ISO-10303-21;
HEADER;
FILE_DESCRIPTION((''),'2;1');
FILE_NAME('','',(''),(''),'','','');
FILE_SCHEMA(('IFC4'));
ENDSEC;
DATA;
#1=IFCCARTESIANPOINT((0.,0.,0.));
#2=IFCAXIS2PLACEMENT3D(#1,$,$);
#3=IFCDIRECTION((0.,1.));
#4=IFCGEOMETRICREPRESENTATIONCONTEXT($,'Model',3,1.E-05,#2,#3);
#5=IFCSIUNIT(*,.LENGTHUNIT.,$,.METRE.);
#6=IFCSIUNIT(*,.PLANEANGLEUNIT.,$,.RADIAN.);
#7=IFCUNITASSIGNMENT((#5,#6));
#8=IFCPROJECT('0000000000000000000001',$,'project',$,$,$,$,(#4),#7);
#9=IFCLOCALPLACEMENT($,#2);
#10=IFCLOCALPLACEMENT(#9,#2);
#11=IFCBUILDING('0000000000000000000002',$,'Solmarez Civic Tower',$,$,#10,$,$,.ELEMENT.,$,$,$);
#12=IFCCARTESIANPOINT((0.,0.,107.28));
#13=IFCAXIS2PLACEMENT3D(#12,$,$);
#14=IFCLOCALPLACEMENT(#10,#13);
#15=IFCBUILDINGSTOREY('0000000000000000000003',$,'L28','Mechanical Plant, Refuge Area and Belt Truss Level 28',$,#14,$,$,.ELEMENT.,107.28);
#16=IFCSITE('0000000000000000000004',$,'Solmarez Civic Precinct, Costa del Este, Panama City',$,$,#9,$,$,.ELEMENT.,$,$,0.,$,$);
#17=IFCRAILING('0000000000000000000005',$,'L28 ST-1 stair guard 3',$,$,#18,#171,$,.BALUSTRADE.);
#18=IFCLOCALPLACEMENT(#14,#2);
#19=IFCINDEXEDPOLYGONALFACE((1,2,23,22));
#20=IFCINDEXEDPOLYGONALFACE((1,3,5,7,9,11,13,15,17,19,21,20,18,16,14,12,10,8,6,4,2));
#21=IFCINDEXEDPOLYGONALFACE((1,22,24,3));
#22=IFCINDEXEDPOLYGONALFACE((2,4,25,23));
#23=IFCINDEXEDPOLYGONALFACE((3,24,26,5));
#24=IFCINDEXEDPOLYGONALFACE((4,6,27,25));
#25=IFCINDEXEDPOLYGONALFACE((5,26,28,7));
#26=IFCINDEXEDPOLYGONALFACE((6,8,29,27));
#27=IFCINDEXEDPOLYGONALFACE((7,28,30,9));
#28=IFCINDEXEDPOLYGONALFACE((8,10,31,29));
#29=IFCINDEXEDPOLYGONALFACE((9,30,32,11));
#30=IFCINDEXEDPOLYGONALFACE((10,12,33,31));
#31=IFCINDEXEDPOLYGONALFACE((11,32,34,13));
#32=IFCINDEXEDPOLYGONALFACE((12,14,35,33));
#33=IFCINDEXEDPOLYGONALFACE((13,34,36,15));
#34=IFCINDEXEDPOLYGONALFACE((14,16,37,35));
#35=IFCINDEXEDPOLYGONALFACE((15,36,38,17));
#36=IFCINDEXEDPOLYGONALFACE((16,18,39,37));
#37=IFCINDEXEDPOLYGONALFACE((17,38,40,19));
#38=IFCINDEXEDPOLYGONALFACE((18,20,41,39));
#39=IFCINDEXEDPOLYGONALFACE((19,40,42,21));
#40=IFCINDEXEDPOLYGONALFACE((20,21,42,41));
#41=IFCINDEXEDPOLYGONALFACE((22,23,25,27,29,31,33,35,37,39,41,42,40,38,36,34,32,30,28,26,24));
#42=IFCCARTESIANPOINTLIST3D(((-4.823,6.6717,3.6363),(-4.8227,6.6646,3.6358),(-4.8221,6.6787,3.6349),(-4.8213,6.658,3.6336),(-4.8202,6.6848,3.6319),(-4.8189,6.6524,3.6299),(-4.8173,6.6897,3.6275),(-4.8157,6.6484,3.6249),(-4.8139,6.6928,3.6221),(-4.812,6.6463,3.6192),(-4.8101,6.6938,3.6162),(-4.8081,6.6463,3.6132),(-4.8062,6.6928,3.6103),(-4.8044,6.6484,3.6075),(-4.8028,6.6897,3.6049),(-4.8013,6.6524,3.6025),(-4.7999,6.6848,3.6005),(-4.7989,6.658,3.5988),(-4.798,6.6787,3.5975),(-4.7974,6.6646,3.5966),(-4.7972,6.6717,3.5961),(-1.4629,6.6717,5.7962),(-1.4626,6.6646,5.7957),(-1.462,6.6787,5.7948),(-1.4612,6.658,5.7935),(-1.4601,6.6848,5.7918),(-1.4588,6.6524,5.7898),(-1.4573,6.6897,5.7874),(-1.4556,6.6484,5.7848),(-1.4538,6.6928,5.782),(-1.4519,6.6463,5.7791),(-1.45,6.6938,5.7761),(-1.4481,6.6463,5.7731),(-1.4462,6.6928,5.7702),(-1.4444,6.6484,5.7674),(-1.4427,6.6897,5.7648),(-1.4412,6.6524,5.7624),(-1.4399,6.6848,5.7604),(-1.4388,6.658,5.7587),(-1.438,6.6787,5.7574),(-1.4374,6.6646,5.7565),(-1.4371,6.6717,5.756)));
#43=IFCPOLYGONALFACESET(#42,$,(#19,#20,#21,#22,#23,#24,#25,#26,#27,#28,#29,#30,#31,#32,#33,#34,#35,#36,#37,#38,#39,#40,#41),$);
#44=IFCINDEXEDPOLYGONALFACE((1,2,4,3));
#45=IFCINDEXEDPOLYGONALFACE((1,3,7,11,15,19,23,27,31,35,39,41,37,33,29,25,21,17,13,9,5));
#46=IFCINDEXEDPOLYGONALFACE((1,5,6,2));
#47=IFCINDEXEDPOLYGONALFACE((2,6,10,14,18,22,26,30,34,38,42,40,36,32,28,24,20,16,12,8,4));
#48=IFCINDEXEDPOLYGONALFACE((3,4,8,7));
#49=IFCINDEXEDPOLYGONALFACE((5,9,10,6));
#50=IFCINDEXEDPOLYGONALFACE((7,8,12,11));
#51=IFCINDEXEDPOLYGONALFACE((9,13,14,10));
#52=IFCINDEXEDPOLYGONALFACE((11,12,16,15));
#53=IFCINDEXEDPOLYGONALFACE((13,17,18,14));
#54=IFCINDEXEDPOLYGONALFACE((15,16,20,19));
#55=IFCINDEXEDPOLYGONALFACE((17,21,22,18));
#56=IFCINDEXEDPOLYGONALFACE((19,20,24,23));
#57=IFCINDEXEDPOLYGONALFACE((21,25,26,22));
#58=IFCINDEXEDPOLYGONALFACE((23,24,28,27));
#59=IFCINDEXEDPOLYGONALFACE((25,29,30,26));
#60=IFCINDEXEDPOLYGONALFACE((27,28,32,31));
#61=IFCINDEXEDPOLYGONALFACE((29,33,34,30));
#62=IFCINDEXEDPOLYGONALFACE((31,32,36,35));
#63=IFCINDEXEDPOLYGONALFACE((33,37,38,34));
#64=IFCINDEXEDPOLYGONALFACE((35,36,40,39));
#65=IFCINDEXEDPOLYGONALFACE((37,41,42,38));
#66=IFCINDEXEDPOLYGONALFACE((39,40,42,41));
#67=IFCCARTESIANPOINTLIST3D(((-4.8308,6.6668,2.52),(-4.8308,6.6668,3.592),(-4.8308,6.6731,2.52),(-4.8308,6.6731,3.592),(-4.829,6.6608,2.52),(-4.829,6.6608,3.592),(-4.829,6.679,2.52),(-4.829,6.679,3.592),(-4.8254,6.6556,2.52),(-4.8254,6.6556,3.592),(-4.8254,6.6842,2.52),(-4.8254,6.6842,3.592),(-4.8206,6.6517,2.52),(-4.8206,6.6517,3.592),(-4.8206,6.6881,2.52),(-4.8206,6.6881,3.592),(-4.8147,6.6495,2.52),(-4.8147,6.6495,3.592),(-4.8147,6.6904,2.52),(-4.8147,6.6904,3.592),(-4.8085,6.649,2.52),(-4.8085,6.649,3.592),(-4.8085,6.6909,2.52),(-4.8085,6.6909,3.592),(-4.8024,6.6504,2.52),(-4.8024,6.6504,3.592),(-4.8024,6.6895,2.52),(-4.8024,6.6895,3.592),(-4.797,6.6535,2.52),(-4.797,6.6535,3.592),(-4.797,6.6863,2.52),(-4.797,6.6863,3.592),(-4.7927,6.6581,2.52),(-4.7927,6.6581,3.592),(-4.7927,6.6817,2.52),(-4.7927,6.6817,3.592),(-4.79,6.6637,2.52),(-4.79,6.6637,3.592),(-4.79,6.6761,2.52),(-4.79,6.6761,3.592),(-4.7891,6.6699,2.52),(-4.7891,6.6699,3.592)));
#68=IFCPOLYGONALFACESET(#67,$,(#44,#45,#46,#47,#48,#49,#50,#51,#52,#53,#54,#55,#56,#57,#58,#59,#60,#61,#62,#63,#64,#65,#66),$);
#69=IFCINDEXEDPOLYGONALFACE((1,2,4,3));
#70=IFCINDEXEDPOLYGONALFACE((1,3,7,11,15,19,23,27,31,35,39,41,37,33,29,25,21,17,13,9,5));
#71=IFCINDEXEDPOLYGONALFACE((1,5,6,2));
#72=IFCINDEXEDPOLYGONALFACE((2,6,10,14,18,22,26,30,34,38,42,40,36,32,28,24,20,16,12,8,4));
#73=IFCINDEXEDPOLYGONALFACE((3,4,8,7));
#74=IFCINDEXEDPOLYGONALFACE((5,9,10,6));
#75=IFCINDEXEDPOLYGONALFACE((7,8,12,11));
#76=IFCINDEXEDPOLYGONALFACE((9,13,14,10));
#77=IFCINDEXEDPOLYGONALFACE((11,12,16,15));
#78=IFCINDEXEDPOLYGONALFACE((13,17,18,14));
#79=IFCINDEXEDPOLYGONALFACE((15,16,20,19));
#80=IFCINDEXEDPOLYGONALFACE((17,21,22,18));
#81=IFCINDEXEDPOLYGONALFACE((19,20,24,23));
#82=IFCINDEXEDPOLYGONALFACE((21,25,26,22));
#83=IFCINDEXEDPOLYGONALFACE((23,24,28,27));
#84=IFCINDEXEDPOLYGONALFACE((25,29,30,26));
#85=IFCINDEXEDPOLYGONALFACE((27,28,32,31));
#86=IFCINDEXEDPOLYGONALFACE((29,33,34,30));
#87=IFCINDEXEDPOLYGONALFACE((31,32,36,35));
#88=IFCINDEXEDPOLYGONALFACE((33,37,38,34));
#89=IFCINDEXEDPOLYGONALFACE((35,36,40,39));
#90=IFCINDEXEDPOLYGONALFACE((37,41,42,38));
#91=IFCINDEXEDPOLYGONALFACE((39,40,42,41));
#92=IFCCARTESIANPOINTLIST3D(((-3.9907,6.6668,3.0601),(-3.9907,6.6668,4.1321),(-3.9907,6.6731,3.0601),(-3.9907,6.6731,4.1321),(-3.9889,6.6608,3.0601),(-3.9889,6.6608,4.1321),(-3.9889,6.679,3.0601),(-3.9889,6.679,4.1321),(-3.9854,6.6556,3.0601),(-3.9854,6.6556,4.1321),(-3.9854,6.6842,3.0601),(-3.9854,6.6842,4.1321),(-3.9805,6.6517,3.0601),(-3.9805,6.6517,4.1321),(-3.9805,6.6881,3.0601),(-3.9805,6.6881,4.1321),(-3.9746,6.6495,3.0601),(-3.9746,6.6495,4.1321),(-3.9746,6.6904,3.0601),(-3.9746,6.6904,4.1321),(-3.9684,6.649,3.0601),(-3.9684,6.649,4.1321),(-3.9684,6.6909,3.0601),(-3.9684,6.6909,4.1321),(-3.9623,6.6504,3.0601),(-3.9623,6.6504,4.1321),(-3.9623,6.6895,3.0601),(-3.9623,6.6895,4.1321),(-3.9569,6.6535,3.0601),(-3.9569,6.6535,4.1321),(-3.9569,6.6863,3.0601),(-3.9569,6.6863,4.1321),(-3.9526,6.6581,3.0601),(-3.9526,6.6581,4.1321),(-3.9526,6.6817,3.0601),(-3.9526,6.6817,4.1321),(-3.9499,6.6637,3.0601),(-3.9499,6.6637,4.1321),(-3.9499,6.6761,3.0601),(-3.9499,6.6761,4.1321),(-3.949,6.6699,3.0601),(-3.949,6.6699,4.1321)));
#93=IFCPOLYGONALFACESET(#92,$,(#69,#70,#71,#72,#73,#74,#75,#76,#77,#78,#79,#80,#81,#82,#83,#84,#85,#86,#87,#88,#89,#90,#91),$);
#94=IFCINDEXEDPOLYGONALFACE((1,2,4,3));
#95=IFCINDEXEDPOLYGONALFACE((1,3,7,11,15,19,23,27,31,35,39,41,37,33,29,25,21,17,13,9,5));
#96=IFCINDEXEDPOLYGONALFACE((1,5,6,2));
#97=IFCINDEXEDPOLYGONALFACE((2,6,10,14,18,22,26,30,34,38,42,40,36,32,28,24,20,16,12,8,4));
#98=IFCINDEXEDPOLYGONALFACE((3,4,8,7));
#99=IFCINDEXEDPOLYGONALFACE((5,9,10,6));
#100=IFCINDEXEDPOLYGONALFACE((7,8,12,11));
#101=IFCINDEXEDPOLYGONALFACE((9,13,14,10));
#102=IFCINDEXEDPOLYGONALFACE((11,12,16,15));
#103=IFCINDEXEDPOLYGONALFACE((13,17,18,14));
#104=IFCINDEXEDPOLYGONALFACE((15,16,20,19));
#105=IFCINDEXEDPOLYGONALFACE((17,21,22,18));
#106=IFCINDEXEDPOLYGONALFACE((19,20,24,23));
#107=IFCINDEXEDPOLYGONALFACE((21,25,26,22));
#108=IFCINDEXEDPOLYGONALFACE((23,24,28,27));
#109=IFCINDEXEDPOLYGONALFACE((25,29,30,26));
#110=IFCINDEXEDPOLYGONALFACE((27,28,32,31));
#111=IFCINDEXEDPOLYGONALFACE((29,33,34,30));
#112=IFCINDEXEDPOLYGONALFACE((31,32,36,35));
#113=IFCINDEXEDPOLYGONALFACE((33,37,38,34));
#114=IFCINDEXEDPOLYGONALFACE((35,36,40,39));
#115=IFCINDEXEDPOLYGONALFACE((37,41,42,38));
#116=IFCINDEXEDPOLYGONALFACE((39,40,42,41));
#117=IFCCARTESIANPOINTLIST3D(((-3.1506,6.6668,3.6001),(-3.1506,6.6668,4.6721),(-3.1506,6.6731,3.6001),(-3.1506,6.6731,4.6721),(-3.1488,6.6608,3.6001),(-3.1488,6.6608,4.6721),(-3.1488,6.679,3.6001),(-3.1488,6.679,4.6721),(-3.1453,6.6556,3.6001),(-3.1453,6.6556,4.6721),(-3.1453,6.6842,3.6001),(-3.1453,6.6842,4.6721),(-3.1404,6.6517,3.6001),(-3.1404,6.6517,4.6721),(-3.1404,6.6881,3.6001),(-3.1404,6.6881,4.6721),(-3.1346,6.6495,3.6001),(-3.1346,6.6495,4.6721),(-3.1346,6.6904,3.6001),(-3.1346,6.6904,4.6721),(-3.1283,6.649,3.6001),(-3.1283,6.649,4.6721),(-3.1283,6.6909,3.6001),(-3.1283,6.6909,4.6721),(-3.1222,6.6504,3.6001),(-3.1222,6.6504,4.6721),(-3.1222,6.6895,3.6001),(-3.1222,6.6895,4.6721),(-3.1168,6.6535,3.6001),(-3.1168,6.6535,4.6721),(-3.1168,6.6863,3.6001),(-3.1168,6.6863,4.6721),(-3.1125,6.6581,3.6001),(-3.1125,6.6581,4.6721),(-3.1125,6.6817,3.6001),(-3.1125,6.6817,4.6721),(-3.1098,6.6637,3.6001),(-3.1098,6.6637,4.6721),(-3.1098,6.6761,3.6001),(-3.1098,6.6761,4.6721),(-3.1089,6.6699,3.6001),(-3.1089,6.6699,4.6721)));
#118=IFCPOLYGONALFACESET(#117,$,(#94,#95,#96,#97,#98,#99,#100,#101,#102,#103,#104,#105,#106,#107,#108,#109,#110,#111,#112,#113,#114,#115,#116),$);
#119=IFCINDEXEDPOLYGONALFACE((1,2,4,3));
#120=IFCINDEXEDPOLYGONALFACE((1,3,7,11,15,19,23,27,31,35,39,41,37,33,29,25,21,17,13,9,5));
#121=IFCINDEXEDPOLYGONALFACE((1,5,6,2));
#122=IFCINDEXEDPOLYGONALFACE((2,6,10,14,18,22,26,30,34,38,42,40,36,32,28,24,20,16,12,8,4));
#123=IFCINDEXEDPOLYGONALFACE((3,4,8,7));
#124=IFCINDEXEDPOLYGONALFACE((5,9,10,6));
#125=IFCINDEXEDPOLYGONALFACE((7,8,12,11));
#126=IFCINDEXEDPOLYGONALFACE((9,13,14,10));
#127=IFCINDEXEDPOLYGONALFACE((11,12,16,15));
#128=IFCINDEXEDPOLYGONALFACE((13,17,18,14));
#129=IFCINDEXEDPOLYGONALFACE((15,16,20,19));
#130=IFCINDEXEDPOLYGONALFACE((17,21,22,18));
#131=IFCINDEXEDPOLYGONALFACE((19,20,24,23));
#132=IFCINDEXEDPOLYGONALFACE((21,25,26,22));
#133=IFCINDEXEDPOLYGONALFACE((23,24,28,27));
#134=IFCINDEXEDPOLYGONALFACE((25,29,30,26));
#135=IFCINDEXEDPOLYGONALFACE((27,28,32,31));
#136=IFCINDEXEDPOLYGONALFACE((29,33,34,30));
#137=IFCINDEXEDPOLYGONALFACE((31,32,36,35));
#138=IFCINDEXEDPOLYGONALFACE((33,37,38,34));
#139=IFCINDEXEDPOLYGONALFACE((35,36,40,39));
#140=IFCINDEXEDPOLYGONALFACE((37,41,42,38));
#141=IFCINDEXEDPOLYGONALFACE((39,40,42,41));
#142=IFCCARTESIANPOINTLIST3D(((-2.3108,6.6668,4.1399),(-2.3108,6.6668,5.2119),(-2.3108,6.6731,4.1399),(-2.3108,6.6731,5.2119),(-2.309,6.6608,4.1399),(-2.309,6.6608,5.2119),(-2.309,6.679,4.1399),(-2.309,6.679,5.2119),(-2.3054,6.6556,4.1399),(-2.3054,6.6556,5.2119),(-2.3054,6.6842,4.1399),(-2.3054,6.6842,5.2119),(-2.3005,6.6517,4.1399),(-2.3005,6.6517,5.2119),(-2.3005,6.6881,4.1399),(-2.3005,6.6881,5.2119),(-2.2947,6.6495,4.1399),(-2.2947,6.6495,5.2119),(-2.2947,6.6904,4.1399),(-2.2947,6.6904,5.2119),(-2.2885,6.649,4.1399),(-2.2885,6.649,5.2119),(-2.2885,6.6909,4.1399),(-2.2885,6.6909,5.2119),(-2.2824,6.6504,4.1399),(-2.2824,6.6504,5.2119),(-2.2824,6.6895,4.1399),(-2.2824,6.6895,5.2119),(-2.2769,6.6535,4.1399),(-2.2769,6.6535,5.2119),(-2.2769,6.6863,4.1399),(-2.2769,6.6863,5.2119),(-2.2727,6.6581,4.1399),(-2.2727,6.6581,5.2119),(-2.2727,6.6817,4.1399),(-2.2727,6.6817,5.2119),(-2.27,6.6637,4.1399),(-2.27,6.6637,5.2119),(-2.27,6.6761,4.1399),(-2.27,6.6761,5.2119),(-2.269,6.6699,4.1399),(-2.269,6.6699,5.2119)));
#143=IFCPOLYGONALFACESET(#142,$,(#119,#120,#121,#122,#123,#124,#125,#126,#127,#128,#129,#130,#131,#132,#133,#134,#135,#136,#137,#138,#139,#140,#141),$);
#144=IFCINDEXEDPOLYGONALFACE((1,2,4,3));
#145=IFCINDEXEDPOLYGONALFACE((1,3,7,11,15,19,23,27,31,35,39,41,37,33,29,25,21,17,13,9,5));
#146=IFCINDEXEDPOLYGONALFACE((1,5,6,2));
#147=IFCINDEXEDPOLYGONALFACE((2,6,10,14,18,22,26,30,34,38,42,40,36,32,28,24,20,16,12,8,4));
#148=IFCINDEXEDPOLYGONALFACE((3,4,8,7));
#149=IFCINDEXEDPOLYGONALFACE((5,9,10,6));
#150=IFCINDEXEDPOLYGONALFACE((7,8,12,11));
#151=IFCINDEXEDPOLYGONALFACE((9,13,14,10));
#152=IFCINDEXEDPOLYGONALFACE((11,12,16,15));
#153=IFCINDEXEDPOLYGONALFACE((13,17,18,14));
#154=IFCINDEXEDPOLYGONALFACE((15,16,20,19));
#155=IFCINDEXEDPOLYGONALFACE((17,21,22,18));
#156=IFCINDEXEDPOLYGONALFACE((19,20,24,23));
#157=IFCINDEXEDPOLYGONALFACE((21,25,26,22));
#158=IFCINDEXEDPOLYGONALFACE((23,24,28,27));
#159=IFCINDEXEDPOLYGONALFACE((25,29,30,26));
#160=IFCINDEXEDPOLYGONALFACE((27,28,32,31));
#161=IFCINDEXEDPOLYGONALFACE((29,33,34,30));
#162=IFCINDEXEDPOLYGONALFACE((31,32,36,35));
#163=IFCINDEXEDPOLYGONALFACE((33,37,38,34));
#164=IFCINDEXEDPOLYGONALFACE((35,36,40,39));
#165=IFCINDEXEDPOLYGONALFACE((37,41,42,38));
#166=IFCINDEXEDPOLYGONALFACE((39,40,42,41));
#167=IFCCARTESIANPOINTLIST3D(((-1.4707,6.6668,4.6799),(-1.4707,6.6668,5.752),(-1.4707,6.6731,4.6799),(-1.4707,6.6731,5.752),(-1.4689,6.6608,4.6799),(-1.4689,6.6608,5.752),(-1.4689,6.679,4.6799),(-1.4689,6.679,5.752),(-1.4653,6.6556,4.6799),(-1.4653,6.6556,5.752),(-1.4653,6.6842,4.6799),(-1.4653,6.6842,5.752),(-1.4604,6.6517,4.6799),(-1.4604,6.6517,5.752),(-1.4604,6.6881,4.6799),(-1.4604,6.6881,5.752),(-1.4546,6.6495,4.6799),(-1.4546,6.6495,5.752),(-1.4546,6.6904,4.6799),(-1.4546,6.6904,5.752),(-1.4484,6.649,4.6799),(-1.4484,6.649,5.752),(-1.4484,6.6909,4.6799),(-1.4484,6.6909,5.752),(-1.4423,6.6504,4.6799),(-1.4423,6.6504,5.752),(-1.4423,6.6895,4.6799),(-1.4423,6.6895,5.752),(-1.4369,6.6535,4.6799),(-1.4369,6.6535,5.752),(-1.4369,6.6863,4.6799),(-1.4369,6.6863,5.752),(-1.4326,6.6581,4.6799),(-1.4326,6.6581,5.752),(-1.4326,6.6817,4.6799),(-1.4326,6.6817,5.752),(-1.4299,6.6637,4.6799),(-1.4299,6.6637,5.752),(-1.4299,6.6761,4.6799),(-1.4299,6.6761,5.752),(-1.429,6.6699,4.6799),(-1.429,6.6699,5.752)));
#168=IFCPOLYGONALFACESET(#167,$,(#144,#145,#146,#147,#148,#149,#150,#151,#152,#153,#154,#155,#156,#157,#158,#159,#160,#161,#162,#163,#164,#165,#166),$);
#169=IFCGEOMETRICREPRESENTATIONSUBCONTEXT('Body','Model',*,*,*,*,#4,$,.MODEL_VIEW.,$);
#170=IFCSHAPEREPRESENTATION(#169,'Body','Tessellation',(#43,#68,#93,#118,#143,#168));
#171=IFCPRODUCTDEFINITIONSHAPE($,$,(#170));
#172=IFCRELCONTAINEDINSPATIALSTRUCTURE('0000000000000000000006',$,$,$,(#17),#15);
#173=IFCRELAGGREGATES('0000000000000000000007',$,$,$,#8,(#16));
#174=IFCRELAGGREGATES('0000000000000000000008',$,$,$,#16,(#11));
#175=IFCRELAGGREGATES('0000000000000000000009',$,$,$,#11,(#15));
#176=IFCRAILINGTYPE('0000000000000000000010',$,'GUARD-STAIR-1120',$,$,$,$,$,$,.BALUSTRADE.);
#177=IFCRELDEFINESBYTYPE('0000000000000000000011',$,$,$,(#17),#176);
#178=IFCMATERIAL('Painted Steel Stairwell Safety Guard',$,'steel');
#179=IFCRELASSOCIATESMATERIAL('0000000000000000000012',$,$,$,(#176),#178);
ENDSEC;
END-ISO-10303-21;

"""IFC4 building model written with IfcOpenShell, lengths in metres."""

from ifc_helpers import new_model, si_unit, direction, frame, origin, origin_2d, place, context, subcontext, project, spatial, circle, extrude, material, type_object, element, save


model = new_model("IFC4")

# Units and contexts
model_context = context("Model", 3, precision=1e-05, world=origin(), true_north=direction((0.0, 1.0)))
body_context = subcontext(model_context, "Body", "Model", "MODEL_VIEW")
ifc_project = project(units=[si_unit("LENGTHUNIT", "METRE"), si_unit("PLANEANGLEUNIT", "RADIAN")], contexts=[model_context])

# Site, building, storey
site_placement = place(None, origin())
site = spatial("IfcSite", under=ifc_project, at=site_placement, Name="Solmarez Civic Precinct, Costa del Este, Panama City", CompositionType="ELEMENT", RefElevation=0.0)
building_placement = place(site_placement, origin())
building = spatial("IfcBuilding", under=site, at=building_placement, Name="Solmarez Civic Tower", CompositionType="ELEMENT")
storey_placement = place(building_placement, frame((0.0, 0.0, 107.28)))
storey = spatial("IfcBuildingStorey", under=building, at=storey_placement, Name="L28", Description="Mechanical Plant, Refuge Area and Belt Truss Level 28", CompositionType="ELEMENT", Elevation=107.28)

# Railing
ifc_material_1 = material(Name="Painted Steel Stairwell Safety Guard", Category="steel")
railing_type_1 = type_object("IfcRailingType", Name="GUARD-STAIR-1120", PredefinedType="BALUSTRADE", material=ifc_material_1)
railing_1_placement = place(storey_placement, frame((-4.8101, 6.6699, 2.52)))
element("IfcRailing", 1, at=railing_1_placement, inside=storey, type_object=railing_type_1, Name="L28 ST-1 stair guard 3", PredefinedType="BALUSTRADE", context=body_context, shape_type="SweptSolid", body=[
    extrude(circle(Radius=0.0239, at=origin_2d()), frame((0.0, 0.0, 1.0962), z_axis=(0.841196, 0.0, 0.54073), x_axis=(0.0, 1.0, 0.0)), (0.0, 0.0, 1.0), 3.9944),
    extrude(circle(Radius=0.021, at=origin_2d()), origin(), (0.0, 0.0, 1.0), 1.072),
    extrude(circle(Radius=0.021, at=origin_2d()), frame((0.8401, 0.0, 0.54)), (0.0, 0.0, 1.0), 1.072),
    extrude(circle(Radius=0.021, at=origin_2d()), frame((1.6802, 0.0, 1.0801)), (0.0, 0.0, 1.0), 1.072),
    extrude(circle(Radius=0.021, at=origin_2d()), frame((2.52, 0.0, 1.6199)), (0.0, 0.0, 1.0), 1.072),
    extrude(circle(Radius=0.021, at=origin_2d()), frame((3.3601, 0.0, 2.1599)), (0.0, 0.0, 1.0), 1.072),
])

save(model, "model.ifc")
